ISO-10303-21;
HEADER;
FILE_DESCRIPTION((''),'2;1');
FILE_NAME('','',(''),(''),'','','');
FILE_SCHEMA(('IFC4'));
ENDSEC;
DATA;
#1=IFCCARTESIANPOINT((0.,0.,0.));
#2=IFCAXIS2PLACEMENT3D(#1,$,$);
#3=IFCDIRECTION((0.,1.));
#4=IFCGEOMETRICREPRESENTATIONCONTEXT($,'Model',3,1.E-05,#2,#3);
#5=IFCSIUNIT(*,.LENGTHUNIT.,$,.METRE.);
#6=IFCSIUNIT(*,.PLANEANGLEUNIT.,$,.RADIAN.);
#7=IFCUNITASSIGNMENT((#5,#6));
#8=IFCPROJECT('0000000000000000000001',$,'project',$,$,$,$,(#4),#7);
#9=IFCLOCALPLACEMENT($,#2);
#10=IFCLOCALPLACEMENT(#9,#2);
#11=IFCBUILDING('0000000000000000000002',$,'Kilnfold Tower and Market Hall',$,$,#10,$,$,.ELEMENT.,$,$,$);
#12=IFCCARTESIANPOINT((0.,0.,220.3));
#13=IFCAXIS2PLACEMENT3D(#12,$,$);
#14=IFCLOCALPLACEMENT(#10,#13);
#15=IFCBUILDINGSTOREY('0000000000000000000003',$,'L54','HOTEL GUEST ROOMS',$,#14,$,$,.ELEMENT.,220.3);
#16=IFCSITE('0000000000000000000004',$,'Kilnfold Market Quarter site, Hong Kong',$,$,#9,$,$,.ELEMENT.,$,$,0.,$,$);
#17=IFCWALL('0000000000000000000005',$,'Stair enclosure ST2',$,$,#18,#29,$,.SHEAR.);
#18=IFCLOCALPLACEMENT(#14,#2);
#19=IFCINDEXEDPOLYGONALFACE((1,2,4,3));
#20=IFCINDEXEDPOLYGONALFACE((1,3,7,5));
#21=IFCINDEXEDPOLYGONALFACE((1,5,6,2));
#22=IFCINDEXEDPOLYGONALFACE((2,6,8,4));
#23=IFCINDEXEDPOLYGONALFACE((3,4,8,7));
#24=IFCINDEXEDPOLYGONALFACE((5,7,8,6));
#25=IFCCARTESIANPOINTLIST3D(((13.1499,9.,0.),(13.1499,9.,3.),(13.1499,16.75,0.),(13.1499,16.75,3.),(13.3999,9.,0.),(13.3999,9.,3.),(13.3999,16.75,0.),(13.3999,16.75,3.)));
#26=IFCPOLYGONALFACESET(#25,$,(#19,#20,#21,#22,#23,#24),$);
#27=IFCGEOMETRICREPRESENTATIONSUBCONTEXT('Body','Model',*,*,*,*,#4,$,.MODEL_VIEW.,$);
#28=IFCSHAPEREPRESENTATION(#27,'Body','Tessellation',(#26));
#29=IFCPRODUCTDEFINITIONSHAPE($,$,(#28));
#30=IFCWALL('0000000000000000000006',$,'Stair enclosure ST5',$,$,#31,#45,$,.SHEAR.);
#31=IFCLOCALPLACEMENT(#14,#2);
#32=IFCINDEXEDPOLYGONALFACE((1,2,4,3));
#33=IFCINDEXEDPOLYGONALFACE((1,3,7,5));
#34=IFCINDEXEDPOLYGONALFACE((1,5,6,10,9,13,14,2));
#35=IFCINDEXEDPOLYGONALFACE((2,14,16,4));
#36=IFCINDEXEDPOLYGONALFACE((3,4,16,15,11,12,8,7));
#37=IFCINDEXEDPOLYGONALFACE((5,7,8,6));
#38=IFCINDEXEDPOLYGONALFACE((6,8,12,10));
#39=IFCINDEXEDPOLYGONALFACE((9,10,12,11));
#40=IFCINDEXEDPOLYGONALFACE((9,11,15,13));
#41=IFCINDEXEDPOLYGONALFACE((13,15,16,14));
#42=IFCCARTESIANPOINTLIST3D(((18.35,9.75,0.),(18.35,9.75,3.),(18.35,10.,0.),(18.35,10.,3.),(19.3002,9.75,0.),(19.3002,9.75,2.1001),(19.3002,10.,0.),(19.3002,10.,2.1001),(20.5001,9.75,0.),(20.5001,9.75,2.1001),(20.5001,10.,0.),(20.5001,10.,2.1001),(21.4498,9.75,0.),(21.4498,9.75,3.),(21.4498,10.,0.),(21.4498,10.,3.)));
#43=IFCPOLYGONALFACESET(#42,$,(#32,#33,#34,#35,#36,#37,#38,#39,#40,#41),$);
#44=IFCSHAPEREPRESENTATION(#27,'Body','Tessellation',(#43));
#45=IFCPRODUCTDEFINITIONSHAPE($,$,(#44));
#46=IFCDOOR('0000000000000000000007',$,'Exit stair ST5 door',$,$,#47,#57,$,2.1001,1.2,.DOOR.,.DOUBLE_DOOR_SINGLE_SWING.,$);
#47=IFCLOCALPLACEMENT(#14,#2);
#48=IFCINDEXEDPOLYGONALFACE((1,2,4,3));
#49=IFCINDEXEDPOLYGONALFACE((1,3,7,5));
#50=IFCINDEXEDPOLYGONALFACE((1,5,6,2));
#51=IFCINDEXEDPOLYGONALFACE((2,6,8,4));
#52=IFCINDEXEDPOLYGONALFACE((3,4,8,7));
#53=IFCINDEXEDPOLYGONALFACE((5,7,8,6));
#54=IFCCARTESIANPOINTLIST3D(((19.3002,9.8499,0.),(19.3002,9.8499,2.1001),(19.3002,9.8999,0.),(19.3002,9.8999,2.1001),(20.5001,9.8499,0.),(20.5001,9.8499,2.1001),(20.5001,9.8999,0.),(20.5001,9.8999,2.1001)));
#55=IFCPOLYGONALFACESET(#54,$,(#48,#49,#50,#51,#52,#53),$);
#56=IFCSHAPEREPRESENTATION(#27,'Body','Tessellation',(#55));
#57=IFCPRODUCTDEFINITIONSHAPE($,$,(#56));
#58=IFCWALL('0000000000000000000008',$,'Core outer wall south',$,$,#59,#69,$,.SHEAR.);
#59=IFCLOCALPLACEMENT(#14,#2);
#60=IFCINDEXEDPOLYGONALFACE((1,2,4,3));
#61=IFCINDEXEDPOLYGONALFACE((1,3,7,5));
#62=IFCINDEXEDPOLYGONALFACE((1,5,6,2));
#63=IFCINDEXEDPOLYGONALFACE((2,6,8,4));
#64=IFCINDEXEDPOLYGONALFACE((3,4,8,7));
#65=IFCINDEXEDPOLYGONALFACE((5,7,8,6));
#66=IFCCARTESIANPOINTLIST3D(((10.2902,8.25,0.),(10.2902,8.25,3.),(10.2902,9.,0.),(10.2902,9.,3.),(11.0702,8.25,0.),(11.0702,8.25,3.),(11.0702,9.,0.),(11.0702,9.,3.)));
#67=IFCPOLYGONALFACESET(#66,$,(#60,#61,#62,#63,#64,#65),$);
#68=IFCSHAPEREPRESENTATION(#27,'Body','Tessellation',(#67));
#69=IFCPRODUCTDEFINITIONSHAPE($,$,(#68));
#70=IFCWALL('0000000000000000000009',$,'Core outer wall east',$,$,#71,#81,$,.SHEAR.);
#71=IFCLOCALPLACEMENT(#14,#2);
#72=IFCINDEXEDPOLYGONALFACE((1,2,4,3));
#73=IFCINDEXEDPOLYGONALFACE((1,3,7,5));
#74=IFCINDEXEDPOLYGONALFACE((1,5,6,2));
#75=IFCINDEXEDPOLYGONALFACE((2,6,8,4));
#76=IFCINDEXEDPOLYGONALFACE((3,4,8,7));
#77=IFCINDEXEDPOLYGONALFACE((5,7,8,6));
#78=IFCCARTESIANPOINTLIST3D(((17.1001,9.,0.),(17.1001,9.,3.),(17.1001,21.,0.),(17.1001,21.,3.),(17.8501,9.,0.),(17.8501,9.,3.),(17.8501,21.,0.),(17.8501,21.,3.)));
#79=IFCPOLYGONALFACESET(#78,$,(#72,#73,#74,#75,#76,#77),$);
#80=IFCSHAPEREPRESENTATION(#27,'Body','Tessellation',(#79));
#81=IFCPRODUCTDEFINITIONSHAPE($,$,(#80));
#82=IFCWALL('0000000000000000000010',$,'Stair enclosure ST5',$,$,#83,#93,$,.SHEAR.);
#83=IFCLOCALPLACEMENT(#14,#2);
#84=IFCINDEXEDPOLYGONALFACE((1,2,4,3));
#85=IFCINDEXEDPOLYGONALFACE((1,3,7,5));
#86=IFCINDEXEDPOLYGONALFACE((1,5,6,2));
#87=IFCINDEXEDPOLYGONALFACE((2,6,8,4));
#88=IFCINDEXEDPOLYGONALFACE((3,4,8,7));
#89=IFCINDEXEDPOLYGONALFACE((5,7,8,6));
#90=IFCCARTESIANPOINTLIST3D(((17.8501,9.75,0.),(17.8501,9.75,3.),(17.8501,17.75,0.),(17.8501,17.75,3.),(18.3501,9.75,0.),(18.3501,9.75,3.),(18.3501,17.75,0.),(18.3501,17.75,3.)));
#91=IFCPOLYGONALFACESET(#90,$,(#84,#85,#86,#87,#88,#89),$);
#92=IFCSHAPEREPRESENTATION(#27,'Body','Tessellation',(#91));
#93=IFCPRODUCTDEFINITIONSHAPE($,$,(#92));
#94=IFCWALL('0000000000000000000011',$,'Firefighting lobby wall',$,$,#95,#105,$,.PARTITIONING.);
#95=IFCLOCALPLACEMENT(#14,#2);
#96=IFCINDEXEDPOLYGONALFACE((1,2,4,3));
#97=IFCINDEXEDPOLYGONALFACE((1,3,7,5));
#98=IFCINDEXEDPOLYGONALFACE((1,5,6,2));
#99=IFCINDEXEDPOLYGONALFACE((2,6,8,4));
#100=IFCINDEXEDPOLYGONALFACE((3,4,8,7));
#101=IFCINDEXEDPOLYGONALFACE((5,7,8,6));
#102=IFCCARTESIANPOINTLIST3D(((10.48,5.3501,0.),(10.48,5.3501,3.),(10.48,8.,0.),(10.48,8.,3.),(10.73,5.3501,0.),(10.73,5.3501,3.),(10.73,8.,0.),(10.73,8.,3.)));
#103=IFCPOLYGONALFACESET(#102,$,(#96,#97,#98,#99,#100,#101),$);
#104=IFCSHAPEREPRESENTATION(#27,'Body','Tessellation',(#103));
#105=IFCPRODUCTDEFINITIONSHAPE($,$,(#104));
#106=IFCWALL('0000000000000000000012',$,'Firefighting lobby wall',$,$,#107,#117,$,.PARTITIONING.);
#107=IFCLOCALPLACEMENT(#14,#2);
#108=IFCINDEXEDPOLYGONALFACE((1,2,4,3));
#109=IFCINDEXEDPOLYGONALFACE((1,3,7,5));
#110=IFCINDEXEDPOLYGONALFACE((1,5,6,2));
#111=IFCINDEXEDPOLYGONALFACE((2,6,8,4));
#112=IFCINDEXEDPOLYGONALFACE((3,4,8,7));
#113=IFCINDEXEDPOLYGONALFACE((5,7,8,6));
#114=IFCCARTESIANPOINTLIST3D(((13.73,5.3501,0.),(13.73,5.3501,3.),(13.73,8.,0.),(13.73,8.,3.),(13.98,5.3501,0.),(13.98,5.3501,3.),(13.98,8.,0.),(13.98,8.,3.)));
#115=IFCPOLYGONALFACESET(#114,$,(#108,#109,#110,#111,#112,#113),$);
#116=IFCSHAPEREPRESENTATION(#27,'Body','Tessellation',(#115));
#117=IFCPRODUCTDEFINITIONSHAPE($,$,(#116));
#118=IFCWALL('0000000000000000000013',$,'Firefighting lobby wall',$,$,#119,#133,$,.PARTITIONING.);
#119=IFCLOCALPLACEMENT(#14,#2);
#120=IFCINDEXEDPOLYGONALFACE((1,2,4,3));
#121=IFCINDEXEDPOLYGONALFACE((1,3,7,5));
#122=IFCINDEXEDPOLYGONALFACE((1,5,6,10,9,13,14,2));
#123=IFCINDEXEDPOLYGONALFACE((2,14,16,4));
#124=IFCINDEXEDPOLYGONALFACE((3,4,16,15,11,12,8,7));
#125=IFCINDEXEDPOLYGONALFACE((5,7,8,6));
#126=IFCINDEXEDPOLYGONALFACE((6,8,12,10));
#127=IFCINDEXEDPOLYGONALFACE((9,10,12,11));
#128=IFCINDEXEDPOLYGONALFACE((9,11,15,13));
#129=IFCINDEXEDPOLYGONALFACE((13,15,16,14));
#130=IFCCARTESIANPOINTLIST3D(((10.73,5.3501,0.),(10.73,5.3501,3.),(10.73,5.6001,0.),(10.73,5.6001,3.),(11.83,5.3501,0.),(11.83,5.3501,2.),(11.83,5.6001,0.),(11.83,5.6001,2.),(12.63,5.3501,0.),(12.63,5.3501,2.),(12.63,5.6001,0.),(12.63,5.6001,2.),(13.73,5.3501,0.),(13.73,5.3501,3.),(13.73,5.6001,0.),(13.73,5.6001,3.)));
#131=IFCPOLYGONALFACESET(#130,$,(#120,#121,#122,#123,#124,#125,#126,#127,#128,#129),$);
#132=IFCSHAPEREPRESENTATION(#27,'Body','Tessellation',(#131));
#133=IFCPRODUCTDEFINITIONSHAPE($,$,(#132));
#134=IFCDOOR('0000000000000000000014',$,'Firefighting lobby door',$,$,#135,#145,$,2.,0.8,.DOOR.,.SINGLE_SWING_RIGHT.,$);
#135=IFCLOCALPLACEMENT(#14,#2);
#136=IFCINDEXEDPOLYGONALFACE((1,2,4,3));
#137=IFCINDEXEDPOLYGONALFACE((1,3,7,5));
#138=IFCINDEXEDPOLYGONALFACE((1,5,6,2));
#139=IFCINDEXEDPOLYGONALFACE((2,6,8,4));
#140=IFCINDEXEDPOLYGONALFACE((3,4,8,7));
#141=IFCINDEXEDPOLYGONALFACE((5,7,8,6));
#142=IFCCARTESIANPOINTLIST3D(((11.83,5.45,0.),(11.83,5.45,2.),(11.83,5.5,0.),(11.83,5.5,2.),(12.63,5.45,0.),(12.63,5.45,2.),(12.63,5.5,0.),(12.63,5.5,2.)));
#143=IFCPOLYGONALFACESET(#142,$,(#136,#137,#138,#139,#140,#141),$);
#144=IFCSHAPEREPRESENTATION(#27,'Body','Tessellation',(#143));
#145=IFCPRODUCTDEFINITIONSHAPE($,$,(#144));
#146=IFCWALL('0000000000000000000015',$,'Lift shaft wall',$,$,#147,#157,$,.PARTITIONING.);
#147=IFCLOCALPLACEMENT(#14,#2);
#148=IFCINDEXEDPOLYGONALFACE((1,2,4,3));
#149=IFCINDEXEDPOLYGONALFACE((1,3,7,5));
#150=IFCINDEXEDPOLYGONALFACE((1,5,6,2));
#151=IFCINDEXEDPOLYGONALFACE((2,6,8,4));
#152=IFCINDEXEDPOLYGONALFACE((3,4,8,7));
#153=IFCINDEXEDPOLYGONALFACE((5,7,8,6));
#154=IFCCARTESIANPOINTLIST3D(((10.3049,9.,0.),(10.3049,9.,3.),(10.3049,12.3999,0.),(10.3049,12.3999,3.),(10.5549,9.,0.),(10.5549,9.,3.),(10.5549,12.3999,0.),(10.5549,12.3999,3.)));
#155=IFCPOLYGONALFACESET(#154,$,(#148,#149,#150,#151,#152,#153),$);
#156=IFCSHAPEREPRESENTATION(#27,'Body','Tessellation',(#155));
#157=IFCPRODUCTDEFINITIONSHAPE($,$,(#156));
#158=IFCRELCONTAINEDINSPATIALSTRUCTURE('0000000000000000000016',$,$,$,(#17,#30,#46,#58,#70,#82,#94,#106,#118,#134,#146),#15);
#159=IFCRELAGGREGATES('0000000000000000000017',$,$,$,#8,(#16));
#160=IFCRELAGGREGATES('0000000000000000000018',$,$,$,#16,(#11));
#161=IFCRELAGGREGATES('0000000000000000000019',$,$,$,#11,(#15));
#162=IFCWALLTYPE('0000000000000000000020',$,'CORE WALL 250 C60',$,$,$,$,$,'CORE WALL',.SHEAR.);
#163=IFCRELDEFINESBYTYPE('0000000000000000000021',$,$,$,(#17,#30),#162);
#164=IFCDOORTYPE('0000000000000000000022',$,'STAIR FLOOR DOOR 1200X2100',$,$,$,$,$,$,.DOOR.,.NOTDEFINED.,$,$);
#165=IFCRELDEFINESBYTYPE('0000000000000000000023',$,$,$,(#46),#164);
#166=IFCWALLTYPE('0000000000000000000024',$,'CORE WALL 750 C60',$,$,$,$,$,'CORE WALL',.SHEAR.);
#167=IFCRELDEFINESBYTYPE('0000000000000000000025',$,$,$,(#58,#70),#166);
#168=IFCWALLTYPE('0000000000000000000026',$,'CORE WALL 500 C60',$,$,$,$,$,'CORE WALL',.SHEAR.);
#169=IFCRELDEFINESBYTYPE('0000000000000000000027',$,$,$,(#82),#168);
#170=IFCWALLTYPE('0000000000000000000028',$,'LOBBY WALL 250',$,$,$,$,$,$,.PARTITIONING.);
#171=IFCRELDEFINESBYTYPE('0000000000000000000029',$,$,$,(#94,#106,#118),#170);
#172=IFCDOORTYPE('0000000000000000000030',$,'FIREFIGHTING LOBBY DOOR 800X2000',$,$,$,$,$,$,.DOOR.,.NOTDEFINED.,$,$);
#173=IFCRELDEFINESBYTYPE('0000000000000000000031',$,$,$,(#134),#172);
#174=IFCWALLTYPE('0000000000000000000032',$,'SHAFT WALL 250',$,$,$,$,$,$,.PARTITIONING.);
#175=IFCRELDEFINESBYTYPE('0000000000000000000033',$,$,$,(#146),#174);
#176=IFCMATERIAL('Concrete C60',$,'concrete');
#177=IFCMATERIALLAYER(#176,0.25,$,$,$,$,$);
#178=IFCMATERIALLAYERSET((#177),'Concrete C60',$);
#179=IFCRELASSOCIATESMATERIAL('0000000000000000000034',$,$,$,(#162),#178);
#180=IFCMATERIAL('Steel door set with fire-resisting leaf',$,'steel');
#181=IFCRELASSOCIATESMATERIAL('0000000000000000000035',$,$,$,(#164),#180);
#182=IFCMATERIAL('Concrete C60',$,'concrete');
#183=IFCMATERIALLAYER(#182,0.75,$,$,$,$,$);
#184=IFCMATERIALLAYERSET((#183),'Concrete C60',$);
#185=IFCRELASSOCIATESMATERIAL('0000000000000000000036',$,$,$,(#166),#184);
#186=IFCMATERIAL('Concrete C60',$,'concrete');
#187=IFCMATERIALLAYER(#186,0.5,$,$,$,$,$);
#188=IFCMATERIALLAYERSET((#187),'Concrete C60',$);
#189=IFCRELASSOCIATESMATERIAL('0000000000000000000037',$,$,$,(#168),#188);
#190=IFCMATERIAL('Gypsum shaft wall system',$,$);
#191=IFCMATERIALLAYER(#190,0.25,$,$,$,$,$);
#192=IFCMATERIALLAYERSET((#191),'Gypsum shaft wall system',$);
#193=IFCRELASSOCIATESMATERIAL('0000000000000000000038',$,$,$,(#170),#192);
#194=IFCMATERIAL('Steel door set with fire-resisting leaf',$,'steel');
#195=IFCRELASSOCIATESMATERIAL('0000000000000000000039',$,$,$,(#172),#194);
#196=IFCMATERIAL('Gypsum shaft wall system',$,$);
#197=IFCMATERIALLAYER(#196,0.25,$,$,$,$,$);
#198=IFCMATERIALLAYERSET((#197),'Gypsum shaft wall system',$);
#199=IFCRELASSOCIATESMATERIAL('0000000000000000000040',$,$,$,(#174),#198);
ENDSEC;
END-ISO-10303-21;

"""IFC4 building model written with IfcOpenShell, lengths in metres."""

from ifc_helpers import new_model, si_unit, direction, frame, frame_2d, origin, place, context, subcontext, project, spatial, rectangle, extrude, source, transform, mapped, material, layer, layer_set, type_object, element, fill, save


model = new_model("IFC4")

# Units and contexts
model_context = context("Model", 3, precision=1e-05, world=origin(), true_north=direction((0.0, 1.0)))
body_context = subcontext(model_context, "Body", "Model", "MODEL_VIEW")
ifc_project = project(units=[si_unit("LENGTHUNIT", "METRE"), si_unit("PLANEANGLEUNIT", "RADIAN")], contexts=[model_context])

# Site, building, storey
site_placement = place(None, origin())
site = spatial("IfcSite", under=ifc_project, at=site_placement, Name="Kilnfold Market Quarter site, Hong Kong", CompositionType="ELEMENT", RefElevation=0.0)
building_placement = place(site_placement, origin())
building = spatial("IfcBuilding", under=site, at=building_placement, Name="Kilnfold Tower and Market Hall", CompositionType="ELEMENT")
storey_placement = place(building_placement, frame((0.0, 0.0, 220.3)))
storey = spatial("IfcBuildingStorey", under=building, at=storey_placement, Name="L54", Description="HOTEL GUEST ROOMS", CompositionType="ELEMENT", Elevation=220.3)

# Wall
ifc_material_1 = material(Name="Concrete C60", Category="concrete")
ifc_layer_1 = layer(ifc_material_1, 0.25)
ifc_layer_set_1 = layer_set([ifc_layer_1], Name="Concrete C60")
wall_type_1 = type_object("IfcWallType", Name="CORE WALL 250 C60", ElementType="CORE WALL", PredefinedType="SHEAR", material=ifc_layer_set_1)
shared_shape_1 = source(origin(), body_context, "Body", "SweptSolid", [
    extrude(rectangle(XDim=7.75, YDim=0.25, at=frame_2d((3.875, 0.0))), origin(), (0.0, 0.0, 1.0), 3.0),
])
wall_1_placement = place(storey_placement, frame((13.2749, 9.0, 0.0), z_axis=(0.0, 0.0, 1.0), x_axis=(0.0, 1.0, 0.0)))
element("IfcWall", 1, at=wall_1_placement, inside=storey, type_object=wall_type_1, Name="Stair enclosure ST2", PredefinedType="SHEAR", context=body_context, shape_type="MappedRepresentation", body=[
    mapped(shared_shape_1, transform((0.0, 0.0, 0.0))),
])

# Wall, opening, door
shared_shape_2 = source(origin(), body_context, "Body", "SweptSolid", [
    extrude(rectangle(XDim=3.0999, YDim=0.25, at=frame_2d((1.5498, 0.0))), origin(), (0.0, 0.0, 1.0), 3.0),
])
wall_2_placement = place(storey_placement, frame((18.3501, 9.875, 0.0), z_axis=(0.0, 0.0, 1.0), x_axis=(1.0, 0.0, 0.0)))
wall_2 = element("IfcWall", 2, at=wall_2_placement, inside=storey, type_object=wall_type_1, Name="Stair enclosure ST5", PredefinedType="SHEAR", context=body_context, shape_type="MappedRepresentation", body=[
    mapped(shared_shape_2, transform((0.0, 0.0, 0.0))),
])
opening_1_placement = place(wall_2_placement, frame((0.95, 0.0, 0.0)))
opening_1 = element("IfcOpeningElement", 3, at=opening_1_placement, cuts=wall_2, PredefinedType="OPENING", context=body_context, shape_type="SweptSolid", body=[
    extrude(rectangle(XDim=1.2, YDim=2.1001, at=frame_2d((0.6001, 1.05))), frame((0.0, 0.135, 0.0), z_axis=(0.0, -1.0, 0.0), x_axis=(1.0, 0.0, 0.0)), (0.0, 0.0, 1.0), 0.27),
])
ifc_material_2 = material(Name="Steel door set with fire-resisting leaf", Category="steel")
door_type_1 = type_object("IfcDoorType", Name="STAIR FLOOR DOOR 1200X2100", OperationType="NOTDEFINED", PredefinedType="DOOR", material=ifc_material_2)
door_1_placement = place(opening_1_placement, origin())
door_1 = element("IfcDoor", 4, at=door_1_placement, inside=storey, type_object=door_type_1, Name="Exit stair ST5 door", OperationType="DOUBLE_DOOR_SINGLE_SWING", OverallHeight=2.1001, OverallWidth=1.2, PredefinedType="DOOR", context=body_context, shape_type="SweptSolid", body=[
    extrude(rectangle(XDim=1.2, YDim=2.1001, at=frame_2d((0.6001, 1.05))), frame((0.0, 0.0249, 0.0), z_axis=(0.0, -1.0, 0.0), x_axis=(1.0, 0.0, 0.0)), (0.0, 0.0, 1.0), 0.05),
])
fill(opening_1, door_1)

# Wall
ifc_material_3 = material(Name="Concrete C60", Category="concrete")
ifc_layer_2 = layer(ifc_material_3, 0.75)
ifc_layer_set_2 = layer_set([ifc_layer_2], Name="Concrete C60")
wall_type_2 = type_object("IfcWallType", Name="CORE WALL 750 C60", ElementType="CORE WALL", PredefinedType="SHEAR", material=ifc_layer_set_2)
shared_shape_3 = source(origin(), body_context, "Body", "SweptSolid", [
    extrude(rectangle(XDim=0.78, YDim=0.75, at=frame_2d((0.3901, 0.0))), origin(), (0.0, 0.0, 1.0), 3.0),
])
wall_3_placement = place(storey_placement, frame((10.29, 8.625, 0.0), z_axis=(0.0, 0.0, 1.0), x_axis=(1.0, 0.0, 0.0)))
element("IfcWall", 5, at=wall_3_placement, inside=storey, type_object=wall_type_2, Name="Core outer wall south", PredefinedType="SHEAR", context=body_context, shape_type="MappedRepresentation", body=[
    mapped(shared_shape_3, transform((0.0, 0.0, 0.0))),
])

# Walls
shared_shape_4 = source(origin(), body_context, "Body", "SweptSolid", [
    extrude(rectangle(XDim=12.0, YDim=0.75, at=frame_2d((6.0, 0.0))), origin(), (0.0, 0.0, 1.0), 3.0),
])
wall_4_placement = place(storey_placement, frame((17.4751, 9.0, 0.0), z_axis=(0.0, 0.0, 1.0), x_axis=(0.0, 1.0, 0.0)))
element("IfcWall", 6, at=wall_4_placement, inside=storey, type_object=wall_type_2, Name="Core outer wall east", PredefinedType="SHEAR", context=body_context, shape_type="MappedRepresentation", body=[
    mapped(shared_shape_4, transform((0.0, 0.0, 0.0))),
])
ifc_material_4 = material(Name="Concrete C60", Category="concrete")
ifc_layer_3 = layer(ifc_material_4, 0.5)
ifc_layer_set_3 = layer_set([ifc_layer_3], Name="Concrete C60")
wall_type_3 = type_object("IfcWallType", Name="CORE WALL 500 C60", ElementType="CORE WALL", PredefinedType="SHEAR", material=ifc_layer_set_3)
shared_shape_5 = source(origin(), body_context, "Body", "SweptSolid", [
    extrude(rectangle(XDim=8.0, YDim=0.5, at=frame_2d((4.0, 0.0))), origin(), (0.0, 0.0, 1.0), 3.0),
])
wall_5_placement = place(storey_placement, frame((18.1001, 9.75, 0.0), z_axis=(0.0, 0.0, 1.0), x_axis=(0.0, 1.0, 0.0)))
element("IfcWall", 7, at=wall_5_placement, inside=storey, type_object=wall_type_3, Name="Stair enclosure ST5", PredefinedType="SHEAR", context=body_context, shape_type="MappedRepresentation", body=[
    mapped(shared_shape_5, transform((0.0, 0.0, 0.0))),
])
ifc_material_5 = material(Name="Gypsum shaft wall system")
ifc_layer_4 = layer(ifc_material_5, 0.25)
ifc_layer_set_4 = layer_set([ifc_layer_4], Name="Gypsum shaft wall system")
wall_type_4 = type_object("IfcWallType", Name="LOBBY WALL 250", PredefinedType="PARTITIONING", material=ifc_layer_set_4)
shared_shape_6 = source(origin(), body_context, "Body", "SweptSolid", [
    extrude(rectangle(XDim=2.6499, YDim=0.25, at=frame_2d((1.325, 0.0))), origin(), (0.0, 0.0, 1.0), 3.0),
])
for number, where, z_axis, x_axis, name in (
    (8, (10.605, 5.3501, 0.0), (0.0, 0.0, 1.0), (0.0, 1.0, 0.0), "Firefighting lobby wall"),
    (9, (13.855, 5.3501, 0.0), (0.0, 0.0, 1.0), (0.0, 1.0, 0.0), "Firefighting lobby wall"),
):
    element("IfcWall", number, at=place(storey_placement, frame(where, z_axis=z_axis, x_axis=x_axis)), inside=storey, type_object=wall_type_4, Name=name, PredefinedType="PARTITIONING", context=body_context, shape_type="MappedRepresentation", body=[
        mapped(shared_shape_6, transform((0.0, 0.0, 0.0))),
    ])

# Wall, opening, door
shared_shape_7 = source(origin(), body_context, "Body", "SweptSolid", [
    extrude(rectangle(XDim=3.0, YDim=0.25, at=frame_2d((1.5, 0.0))), origin(), (0.0, 0.0, 1.0), 3.0),
])
wall_6_placement = place(storey_placement, frame((10.73, 5.4751, 0.0), z_axis=(0.0, 0.0, 1.0), x_axis=(1.0, 0.0, 0.0)))
wall_6 = element("IfcWall", 10, at=wall_6_placement, inside=storey, type_object=wall_type_4, Name="Firefighting lobby wall", PredefinedType="PARTITIONING", context=body_context, shape_type="MappedRepresentation", body=[
    mapped(shared_shape_7, transform((0.0, 0.0, 0.0))),
])
opening_2_placement = place(wall_6_placement, frame((1.1001, 0.0, 0.0)))
opening_2 = element("IfcOpeningElement", 11, at=opening_2_placement, cuts=wall_6, PredefinedType="OPENING", context=body_context, shape_type="SweptSolid", body=[
    extrude(rectangle(XDim=0.8, YDim=2.0, at=frame_2d((0.3999, 1.0))), frame((0.0, 0.135, 0.0), z_axis=(0.0, -1.0, 0.0), x_axis=(1.0, 0.0, 0.0)), (0.0, 0.0, 1.0), 0.27),
])
ifc_material_6 = material(Name="Steel door set with fire-resisting leaf", Category="steel")
door_type_2 = type_object("IfcDoorType", Name="FIREFIGHTING LOBBY DOOR 800X2000", OperationType="NOTDEFINED", PredefinedType="DOOR", material=ifc_material_6)
door_2_placement = place(opening_2_placement, origin())
door_2 = element("IfcDoor", 12, at=door_2_placement, inside=storey, type_object=door_type_2, Name="Firefighting lobby door", OperationType="SINGLE_SWING_RIGHT", OverallHeight=2.0, OverallWidth=0.8, PredefinedType="DOOR", context=body_context, shape_type="SweptSolid", body=[
    extrude(rectangle(XDim=0.8, YDim=2.0, at=frame_2d((0.3999, 1.0))), frame((0.0, 0.0249, 0.0), z_axis=(0.0, -1.0, 0.0), x_axis=(1.0, 0.0, 0.0)), (0.0, 0.0, 1.0), 0.05),
])
fill(opening_2, door_2)

# Wall
ifc_material_7 = material(Name="Gypsum shaft wall system")
ifc_layer_5 = layer(ifc_material_7, 0.25)
ifc_layer_set_5 = layer_set([ifc_layer_5], Name="Gypsum shaft wall system")
wall_type_5 = type_object("IfcWallType", Name="SHAFT WALL 250", PredefinedType="PARTITIONING", material=ifc_layer_set_5)
shared_shape_8 = source(origin(), body_context, "Body", "SweptSolid", [
    extrude(rectangle(XDim=3.3999, YDim=0.25, at=frame_2d((1.7, 0.0))), origin(), (0.0, 0.0, 1.0), 3.0),
])
wall_7_placement = place(storey_placement, frame((10.4299, 9.0, 0.0), z_axis=(0.0, 0.0, 1.0), x_axis=(0.0, 1.0, 0.0)))
element("IfcWall", 13, at=wall_7_placement, inside=storey, type_object=wall_type_5, Name="Lift shaft wall", PredefinedType="PARTITIONING", context=body_context, shape_type="MappedRepresentation", body=[
    mapped(shared_shape_8, transform((0.0, 0.0, 0.0))),
])

save(model, "model.ifc")
